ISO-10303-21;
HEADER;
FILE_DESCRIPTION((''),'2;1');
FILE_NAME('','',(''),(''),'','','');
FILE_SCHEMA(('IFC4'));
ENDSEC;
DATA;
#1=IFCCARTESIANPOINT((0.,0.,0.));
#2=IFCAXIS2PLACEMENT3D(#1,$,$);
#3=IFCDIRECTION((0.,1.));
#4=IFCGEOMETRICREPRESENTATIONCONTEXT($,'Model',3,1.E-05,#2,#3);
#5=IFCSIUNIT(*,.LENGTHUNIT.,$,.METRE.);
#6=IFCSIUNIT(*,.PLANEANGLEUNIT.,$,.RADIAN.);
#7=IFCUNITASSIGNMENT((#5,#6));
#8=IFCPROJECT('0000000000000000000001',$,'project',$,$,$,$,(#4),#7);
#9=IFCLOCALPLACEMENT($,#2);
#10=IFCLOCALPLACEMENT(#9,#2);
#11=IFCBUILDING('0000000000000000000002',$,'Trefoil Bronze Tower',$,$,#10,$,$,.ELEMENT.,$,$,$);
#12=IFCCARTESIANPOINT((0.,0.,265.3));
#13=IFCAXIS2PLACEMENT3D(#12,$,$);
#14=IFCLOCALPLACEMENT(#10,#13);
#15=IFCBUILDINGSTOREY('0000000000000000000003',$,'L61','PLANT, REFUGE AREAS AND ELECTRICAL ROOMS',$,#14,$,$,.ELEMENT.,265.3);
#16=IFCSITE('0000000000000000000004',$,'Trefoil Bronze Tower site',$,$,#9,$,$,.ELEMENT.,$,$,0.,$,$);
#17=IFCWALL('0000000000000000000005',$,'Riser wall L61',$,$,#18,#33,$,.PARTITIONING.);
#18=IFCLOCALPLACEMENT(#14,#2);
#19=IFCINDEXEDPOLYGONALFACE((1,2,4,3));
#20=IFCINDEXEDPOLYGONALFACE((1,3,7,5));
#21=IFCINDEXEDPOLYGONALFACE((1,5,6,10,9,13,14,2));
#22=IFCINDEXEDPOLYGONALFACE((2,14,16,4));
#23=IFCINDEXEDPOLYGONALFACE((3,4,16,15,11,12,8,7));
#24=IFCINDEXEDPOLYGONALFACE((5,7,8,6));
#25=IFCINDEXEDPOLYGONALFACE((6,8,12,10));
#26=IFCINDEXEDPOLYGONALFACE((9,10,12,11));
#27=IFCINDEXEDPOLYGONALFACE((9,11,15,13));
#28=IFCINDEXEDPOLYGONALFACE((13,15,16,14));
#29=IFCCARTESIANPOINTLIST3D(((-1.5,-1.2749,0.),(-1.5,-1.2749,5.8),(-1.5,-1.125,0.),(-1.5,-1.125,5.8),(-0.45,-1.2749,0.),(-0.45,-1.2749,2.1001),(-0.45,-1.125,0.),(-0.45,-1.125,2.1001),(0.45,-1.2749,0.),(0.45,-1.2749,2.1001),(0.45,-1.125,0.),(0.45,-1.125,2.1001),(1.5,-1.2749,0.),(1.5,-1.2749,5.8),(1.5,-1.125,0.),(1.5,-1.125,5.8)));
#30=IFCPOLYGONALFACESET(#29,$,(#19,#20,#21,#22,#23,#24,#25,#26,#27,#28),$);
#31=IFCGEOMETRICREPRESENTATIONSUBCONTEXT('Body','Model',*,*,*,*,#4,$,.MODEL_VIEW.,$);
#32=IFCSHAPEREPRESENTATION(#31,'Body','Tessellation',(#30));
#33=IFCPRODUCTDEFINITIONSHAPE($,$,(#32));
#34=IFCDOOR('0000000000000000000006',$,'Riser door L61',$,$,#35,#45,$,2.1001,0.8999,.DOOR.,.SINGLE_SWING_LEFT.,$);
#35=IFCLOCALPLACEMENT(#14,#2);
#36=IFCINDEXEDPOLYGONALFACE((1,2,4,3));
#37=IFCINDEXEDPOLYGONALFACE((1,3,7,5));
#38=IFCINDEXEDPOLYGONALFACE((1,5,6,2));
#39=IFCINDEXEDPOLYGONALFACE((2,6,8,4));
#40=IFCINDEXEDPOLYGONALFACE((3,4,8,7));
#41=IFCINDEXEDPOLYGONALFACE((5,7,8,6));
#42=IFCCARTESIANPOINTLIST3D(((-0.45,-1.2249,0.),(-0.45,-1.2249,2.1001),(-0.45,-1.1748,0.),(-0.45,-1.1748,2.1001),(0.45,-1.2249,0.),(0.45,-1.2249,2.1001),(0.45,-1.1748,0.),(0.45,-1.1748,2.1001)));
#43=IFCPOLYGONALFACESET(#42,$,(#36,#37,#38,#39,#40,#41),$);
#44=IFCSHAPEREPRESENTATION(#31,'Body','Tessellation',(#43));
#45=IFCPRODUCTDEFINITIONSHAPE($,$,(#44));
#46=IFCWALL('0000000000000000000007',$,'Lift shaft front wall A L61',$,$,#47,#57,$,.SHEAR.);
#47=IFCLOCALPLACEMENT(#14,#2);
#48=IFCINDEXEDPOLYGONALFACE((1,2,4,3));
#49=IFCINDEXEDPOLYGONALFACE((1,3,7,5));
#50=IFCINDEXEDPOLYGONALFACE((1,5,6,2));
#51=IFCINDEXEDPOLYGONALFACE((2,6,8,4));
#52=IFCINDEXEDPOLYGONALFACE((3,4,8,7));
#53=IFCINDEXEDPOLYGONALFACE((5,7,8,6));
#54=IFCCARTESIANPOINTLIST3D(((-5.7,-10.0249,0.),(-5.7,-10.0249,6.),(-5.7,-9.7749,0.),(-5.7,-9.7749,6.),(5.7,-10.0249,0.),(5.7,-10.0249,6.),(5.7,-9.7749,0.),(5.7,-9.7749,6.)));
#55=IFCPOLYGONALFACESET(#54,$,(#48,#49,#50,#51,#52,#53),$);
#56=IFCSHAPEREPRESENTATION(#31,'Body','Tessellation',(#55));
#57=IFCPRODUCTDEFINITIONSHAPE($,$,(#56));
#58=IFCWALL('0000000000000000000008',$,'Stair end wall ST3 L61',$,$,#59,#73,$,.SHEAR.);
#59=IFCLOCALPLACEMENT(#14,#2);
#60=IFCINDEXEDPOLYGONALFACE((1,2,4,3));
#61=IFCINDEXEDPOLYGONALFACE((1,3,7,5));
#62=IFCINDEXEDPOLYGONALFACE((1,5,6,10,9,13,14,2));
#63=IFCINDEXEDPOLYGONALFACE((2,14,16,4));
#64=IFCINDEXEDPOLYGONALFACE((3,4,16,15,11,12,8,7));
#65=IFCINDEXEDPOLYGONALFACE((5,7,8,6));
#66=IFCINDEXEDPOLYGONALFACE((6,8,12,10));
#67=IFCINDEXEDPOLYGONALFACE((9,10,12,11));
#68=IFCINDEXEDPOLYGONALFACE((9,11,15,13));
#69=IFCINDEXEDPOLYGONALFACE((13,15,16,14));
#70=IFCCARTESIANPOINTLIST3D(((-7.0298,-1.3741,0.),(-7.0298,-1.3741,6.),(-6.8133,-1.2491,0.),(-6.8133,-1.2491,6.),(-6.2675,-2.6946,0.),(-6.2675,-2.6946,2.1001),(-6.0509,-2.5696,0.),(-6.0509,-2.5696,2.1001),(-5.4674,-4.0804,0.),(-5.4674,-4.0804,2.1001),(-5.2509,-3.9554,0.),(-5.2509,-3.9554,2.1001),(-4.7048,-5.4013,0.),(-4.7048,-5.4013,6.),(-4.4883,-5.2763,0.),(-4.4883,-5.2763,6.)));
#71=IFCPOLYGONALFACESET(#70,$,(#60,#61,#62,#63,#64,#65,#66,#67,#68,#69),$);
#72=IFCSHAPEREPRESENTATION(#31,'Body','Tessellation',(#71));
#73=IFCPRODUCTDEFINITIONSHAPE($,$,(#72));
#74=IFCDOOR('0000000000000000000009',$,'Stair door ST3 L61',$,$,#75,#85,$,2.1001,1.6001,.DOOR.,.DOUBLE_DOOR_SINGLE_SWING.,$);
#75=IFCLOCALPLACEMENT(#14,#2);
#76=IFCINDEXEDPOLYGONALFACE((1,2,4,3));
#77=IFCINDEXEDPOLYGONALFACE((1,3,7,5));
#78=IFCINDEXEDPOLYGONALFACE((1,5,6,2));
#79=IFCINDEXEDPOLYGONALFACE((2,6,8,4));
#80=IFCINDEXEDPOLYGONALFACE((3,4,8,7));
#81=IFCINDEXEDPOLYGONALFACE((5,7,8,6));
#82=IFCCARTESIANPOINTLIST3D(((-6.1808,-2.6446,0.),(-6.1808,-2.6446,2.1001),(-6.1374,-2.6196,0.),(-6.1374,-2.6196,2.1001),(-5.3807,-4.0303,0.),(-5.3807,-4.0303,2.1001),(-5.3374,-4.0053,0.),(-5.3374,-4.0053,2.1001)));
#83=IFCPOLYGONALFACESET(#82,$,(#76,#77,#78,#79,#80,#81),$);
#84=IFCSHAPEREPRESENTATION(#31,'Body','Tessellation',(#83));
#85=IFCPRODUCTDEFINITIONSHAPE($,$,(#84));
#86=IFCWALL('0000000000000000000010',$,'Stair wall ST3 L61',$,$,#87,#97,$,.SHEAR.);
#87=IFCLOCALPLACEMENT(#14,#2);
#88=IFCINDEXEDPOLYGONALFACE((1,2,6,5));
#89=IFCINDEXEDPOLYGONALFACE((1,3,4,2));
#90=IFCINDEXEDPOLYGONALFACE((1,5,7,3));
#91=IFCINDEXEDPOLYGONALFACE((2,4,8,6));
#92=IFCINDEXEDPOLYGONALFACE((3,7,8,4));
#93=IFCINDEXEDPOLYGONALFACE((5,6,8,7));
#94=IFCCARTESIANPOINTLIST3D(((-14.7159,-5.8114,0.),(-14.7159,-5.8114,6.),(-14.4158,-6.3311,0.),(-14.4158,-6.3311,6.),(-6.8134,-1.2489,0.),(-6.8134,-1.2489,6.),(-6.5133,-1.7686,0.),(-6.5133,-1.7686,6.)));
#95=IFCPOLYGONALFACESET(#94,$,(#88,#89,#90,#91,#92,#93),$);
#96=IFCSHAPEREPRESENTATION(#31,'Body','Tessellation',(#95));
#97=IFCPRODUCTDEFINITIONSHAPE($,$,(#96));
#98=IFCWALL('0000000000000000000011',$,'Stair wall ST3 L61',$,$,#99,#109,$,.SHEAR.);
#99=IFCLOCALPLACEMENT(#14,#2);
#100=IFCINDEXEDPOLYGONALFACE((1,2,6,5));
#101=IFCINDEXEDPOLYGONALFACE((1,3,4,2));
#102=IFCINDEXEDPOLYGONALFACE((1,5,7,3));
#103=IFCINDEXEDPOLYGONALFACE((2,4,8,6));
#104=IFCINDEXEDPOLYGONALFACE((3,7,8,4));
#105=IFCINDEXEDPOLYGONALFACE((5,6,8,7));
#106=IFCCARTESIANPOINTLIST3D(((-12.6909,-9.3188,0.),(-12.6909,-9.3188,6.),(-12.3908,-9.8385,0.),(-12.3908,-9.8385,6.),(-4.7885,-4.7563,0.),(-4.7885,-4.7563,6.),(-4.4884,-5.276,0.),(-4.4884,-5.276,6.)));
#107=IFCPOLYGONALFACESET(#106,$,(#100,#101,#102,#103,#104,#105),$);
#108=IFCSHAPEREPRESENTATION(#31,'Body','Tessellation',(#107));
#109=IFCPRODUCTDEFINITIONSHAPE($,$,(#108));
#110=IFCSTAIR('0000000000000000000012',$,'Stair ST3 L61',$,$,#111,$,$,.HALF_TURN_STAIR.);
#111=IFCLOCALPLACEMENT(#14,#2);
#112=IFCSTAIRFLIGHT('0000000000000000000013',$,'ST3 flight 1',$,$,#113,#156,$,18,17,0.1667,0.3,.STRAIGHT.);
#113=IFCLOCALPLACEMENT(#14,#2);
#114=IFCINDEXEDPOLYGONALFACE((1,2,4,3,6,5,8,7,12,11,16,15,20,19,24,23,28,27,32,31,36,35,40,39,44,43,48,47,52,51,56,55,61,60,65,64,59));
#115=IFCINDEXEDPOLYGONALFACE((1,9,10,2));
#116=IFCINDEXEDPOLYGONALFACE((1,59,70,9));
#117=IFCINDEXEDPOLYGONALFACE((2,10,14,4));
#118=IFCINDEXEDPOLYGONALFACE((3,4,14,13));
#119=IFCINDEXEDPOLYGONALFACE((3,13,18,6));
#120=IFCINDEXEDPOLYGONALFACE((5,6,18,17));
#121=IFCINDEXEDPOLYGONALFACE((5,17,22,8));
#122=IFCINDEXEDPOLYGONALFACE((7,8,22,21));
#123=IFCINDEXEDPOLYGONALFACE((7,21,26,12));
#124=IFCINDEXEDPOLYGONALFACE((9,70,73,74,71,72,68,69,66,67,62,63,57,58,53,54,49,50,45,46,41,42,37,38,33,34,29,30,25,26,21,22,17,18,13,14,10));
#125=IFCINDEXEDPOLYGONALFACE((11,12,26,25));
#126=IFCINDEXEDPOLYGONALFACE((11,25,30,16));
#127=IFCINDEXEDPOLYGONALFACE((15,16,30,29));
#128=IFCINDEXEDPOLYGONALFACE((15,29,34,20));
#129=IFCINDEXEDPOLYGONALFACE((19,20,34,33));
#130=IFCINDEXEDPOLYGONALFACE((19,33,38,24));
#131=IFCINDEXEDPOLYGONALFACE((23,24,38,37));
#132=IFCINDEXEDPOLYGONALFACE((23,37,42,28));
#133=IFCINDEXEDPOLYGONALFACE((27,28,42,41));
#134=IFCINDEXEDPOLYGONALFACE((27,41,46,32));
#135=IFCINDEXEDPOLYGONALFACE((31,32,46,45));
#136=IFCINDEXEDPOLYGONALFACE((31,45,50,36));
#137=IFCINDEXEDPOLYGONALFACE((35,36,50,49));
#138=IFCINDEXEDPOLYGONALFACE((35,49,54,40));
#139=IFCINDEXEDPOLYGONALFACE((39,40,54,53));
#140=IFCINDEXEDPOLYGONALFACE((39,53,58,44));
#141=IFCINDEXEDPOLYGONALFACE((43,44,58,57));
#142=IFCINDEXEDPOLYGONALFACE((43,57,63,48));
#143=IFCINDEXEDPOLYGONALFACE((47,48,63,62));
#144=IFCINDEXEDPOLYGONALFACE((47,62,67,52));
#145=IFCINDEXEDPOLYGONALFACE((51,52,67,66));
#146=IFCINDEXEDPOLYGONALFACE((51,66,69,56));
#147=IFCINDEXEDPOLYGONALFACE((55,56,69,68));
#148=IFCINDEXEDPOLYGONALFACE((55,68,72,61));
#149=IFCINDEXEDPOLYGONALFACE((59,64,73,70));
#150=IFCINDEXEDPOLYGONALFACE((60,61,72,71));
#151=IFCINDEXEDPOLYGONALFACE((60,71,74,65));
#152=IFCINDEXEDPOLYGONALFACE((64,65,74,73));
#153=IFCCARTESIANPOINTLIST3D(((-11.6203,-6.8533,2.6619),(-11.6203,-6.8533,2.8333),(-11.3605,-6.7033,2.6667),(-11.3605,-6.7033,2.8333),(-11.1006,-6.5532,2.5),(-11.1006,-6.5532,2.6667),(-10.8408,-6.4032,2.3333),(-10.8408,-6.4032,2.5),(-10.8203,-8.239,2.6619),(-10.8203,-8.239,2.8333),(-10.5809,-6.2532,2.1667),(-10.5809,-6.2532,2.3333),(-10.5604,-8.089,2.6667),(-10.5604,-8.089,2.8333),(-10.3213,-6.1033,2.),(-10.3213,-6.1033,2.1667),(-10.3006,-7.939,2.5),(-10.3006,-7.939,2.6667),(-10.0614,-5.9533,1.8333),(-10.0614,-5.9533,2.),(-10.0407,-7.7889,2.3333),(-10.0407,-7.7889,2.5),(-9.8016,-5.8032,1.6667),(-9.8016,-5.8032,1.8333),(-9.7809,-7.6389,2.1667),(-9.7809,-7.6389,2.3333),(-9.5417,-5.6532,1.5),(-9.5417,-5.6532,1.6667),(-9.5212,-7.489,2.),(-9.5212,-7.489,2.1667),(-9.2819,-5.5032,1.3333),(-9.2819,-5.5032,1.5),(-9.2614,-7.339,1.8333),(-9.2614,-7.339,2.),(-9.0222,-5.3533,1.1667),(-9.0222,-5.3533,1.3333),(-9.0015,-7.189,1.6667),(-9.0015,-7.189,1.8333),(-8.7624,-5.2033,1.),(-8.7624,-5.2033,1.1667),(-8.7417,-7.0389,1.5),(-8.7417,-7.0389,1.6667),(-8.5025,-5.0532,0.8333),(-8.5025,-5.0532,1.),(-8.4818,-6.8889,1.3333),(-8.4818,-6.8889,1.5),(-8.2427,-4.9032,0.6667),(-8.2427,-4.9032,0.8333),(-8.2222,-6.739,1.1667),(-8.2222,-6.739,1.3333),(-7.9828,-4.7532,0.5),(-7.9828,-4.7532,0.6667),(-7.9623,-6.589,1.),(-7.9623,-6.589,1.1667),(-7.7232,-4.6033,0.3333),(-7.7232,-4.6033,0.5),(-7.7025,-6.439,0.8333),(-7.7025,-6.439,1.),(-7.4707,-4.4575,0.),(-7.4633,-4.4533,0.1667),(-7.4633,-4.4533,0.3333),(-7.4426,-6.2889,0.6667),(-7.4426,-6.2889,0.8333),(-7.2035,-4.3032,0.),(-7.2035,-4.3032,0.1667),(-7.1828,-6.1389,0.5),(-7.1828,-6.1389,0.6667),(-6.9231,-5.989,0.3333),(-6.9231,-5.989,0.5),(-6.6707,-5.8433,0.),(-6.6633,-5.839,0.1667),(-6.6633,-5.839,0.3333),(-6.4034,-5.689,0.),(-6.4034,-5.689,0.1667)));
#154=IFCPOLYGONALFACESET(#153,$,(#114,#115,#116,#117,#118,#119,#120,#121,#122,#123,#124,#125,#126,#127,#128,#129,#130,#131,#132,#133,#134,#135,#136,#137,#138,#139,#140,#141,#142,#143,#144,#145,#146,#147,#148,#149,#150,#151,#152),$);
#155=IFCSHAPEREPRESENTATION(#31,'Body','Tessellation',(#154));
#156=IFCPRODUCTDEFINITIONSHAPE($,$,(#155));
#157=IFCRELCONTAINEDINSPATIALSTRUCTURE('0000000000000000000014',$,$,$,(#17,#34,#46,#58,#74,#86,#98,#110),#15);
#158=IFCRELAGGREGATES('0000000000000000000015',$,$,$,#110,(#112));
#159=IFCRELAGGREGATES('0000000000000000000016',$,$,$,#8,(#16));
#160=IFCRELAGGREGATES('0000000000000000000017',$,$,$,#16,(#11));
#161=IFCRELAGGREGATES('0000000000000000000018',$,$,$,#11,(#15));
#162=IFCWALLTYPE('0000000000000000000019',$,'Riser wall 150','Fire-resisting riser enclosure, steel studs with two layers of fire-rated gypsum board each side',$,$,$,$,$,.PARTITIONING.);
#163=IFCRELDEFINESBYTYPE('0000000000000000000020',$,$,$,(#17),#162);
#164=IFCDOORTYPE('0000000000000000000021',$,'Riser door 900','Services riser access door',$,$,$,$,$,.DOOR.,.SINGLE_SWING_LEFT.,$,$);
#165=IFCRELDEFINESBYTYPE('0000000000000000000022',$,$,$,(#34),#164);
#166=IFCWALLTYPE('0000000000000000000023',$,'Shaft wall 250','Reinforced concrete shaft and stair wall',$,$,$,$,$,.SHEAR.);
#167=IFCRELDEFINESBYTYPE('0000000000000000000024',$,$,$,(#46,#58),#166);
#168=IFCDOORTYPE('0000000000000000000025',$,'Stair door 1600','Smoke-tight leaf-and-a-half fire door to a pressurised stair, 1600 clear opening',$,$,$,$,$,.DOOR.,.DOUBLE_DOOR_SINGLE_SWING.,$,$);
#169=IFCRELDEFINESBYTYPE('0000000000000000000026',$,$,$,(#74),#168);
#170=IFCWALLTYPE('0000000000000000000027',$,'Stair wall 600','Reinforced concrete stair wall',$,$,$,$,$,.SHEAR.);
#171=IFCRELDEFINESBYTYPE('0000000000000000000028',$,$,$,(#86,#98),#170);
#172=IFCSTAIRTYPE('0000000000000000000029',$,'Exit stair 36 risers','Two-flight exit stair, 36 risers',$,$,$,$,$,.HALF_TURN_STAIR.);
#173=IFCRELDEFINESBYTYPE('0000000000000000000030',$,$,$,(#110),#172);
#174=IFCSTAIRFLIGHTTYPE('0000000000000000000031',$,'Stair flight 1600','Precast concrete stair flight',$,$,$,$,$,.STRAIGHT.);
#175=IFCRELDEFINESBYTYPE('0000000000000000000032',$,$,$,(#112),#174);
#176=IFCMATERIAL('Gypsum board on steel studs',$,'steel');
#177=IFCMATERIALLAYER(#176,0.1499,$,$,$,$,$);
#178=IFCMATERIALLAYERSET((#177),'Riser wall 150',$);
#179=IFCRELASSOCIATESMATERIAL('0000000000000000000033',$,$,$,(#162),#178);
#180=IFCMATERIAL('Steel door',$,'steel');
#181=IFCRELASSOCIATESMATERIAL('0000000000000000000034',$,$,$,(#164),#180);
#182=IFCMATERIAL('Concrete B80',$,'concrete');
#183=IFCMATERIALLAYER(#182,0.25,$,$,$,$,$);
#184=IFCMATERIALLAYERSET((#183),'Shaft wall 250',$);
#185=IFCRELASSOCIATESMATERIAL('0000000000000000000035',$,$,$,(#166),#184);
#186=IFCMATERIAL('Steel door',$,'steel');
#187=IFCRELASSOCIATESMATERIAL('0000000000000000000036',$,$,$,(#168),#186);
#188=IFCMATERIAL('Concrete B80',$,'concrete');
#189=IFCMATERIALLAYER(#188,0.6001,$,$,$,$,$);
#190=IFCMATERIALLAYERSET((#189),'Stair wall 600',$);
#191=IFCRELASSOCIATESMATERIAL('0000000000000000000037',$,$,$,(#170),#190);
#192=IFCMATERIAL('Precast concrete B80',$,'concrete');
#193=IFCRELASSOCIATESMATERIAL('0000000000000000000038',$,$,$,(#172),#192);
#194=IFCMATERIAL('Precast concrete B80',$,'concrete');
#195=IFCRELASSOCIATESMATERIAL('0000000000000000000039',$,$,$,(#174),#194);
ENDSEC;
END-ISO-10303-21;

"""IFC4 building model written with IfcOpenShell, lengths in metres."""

from ifc_helpers import new_model, si_unit, direction, frame, frame_2d, origin, place, context, subcontext, project, spatial, polyline, rectangle, outline, extrude, material, layer, layer_set, type_object, element, fill, aggregate, save


model = new_model("IFC4")

# Units and contexts
model_context = context("Model", 3, precision=1e-05, world=origin(), true_north=direction((0.0, 1.0)))
body_context = subcontext(model_context, "Body", "Model", "MODEL_VIEW")
ifc_project = project(units=[si_unit("LENGTHUNIT", "METRE"), si_unit("PLANEANGLEUNIT", "RADIAN")], contexts=[model_context])

# Site, building, storey
site_placement = place(None, origin())
site = spatial("IfcSite", under=ifc_project, at=site_placement, Name="Trefoil Bronze Tower site", CompositionType="ELEMENT", RefElevation=0.0)
building_placement = place(site_placement, origin())
building = spatial("IfcBuilding", under=site, at=building_placement, Name="Trefoil Bronze Tower", CompositionType="ELEMENT")
storey_placement = place(building_placement, frame((0.0, 0.0, 265.3)))
storey = spatial("IfcBuildingStorey", under=building, at=storey_placement, Name="L61", Description="PLANT, REFUGE AREAS AND ELECTRICAL ROOMS", CompositionType="ELEMENT", Elevation=265.3)

# Wall, opening, door
ifc_material_1 = material(Name="Gypsum board on steel studs", Category="steel")
ifc_layer_1 = layer(ifc_material_1, 0.1499)
ifc_layer_set_1 = layer_set([ifc_layer_1], Name="Riser wall 150")
wall_type_1 = type_object("IfcWallType", Name="Riser wall 150", Description="Fire-resisting riser enclosure, steel studs with two layers of fire-rated gypsum board each side", PredefinedType="PARTITIONING", material=ifc_layer_set_1)
wall_1_placement = place(storey_placement, frame((-1.5, -1.2, 0.0), z_axis=(0.0, 0.0, 1.0), x_axis=(1.0, 0.0, 0.0)))
wall_1 = element("IfcWall", 1, at=wall_1_placement, inside=storey, type_object=wall_type_1, Name="Riser wall L61", PredefinedType="PARTITIONING", context=body_context, shape_type="SweptSolid", body=[
    extrude(rectangle(XDim=3.0, YDim=0.1499, at=frame_2d((1.5, 0.0))), origin(), (0.0, 0.0, 1.0), 5.8),
])
opening_1_placement = place(wall_1_placement, frame((1.05, 0.0, 0.0)))
opening_1 = element("IfcOpeningElement", 2, at=opening_1_placement, cuts=wall_1, PredefinedType="OPENING", context=body_context, shape_type="SweptSolid", body=[
    extrude(rectangle(XDim=0.8999, YDim=2.1001, at=frame_2d((0.45, 1.05))), frame((0.0, 0.085, 0.0), z_axis=(0.0, -1.0, 0.0), x_axis=(1.0, 0.0, 0.0)), (0.0, 0.0, 1.0), 0.1699),
])
ifc_material_2 = material(Name="Steel door", Category="steel")
door_type_1 = type_object("IfcDoorType", Name="Riser door 900", Description="Services riser access door", OperationType="SINGLE_SWING_LEFT", PredefinedType="DOOR", material=ifc_material_2)
door_1_placement = place(opening_1_placement, frame((0.8999, 0.0, 0.0), z_axis=(0.0, 0.0, 1.0), x_axis=(-1.0, 0.0, 0.0)))
door_1 = element("IfcDoor", 3, at=door_1_placement, inside=storey, type_object=door_type_1, Name="Riser door L61", OperationType="SINGLE_SWING_LEFT", OverallHeight=2.1001, OverallWidth=0.8999, PredefinedType="DOOR", context=body_context, shape_type="SweptSolid", body=[
    extrude(rectangle(XDim=0.8999, YDim=2.1001, at=frame_2d((0.45, 1.05))), frame((0.0, 0.0249, 0.0), z_axis=(0.0, -1.0, 0.0), x_axis=(1.0, 0.0, 0.0)), (0.0, 0.0, 1.0), 0.05),
])
fill(opening_1, door_1)

# Wall
ifc_material_3 = material(Name="Concrete B80", Category="concrete")
ifc_layer_2 = layer(ifc_material_3, 0.25)
ifc_layer_set_2 = layer_set([ifc_layer_2], Name="Shaft wall 250")
wall_type_2 = type_object("IfcWallType", Name="Shaft wall 250", Description="Reinforced concrete shaft and stair wall", PredefinedType="SHEAR", material=ifc_layer_set_2)
wall_2_placement = place(storey_placement, frame((-5.7, -9.8999, 0.0), z_axis=(0.0, 0.0, 1.0), x_axis=(1.0, 0.0, 0.0)))
element("IfcWall", 4, at=wall_2_placement, inside=storey, type_object=wall_type_2, Name="Lift shaft front wall A L61", PredefinedType="SHEAR", context=body_context, shape_type="SweptSolid", body=[
    extrude(rectangle(XDim=11.3999, YDim=0.25, at=frame_2d((5.7, 0.0))), origin(), (0.0, 0.0, 1.0), 6.0),
])

# Wall, opening, door
wall_3_placement = place(storey_placement, frame((-6.9216, -1.3115, 0.0), z_axis=(0.0, 0.0, 1.0), x_axis=(0.499985, -0.866034, 0.0)))
wall_3 = element("IfcWall", 5, at=wall_3_placement, inside=storey, type_object=wall_type_2, Name="Stair end wall ST3 L61", PredefinedType="SHEAR", context=body_context, shape_type="SweptSolid", body=[
    extrude(rectangle(XDim=4.6501, YDim=0.25, at=frame_2d((2.3252, 0.0))), origin(), (0.0, 0.0, 1.0), 6.0),
])
opening_2_placement = place(wall_3_placement, frame((1.5249, 0.0, 0.0)))
opening_2 = element("IfcOpeningElement", 6, at=opening_2_placement, cuts=wall_3, PredefinedType="OPENING", context=body_context, shape_type="SweptSolid", body=[
    extrude(rectangle(XDim=1.6001, YDim=2.1001, at=frame_2d((0.8, 1.05))), frame((0.0, 0.135, 0.0), z_axis=(0.0, -1.0, 0.0), x_axis=(1.0, 0.0, 0.0)), (0.0, 0.0, 1.0), 0.27),
])
ifc_material_4 = material(Name="Steel door", Category="steel")
door_type_2 = type_object("IfcDoorType", Name="Stair door 1600", Description="Smoke-tight leaf-and-a-half fire door to a pressurised stair, 1600 clear opening", OperationType="DOUBLE_DOOR_SINGLE_SWING", PredefinedType="DOOR", material=ifc_material_4)
door_2_placement = place(opening_2_placement, frame((1.6001, 0.0, 0.0), z_axis=(0.0, 0.0, 1.0), x_axis=(-1.0, 0.0, 0.0)))
door_2 = element("IfcDoor", 7, at=door_2_placement, inside=storey, type_object=door_type_2, Name="Stair door ST3 L61", OperationType="DOUBLE_DOOR_SINGLE_SWING", OverallHeight=2.1001, OverallWidth=1.6001, PredefinedType="DOOR", context=body_context, shape_type="SweptSolid", body=[
    extrude(rectangle(XDim=1.6001, YDim=2.1001, at=frame_2d((0.8, 1.05))), frame((0.0, 0.0249, 0.0), z_axis=(0.0, -1.0, 0.0), x_axis=(1.0, 0.0, 0.0)), (0.0, 0.0, 1.0), 0.05),
])
fill(opening_2, door_2)

# Walls
ifc_material_5 = material(Name="Concrete B80", Category="concrete")
ifc_layer_3 = layer(ifc_material_5, 0.6001)
ifc_layer_set_3 = layer_set([ifc_layer_3], Name="Stair wall 600")
wall_type_3 = type_object("IfcWallType", Name="Stair wall 600", Description="Reinforced concrete stair wall", PredefinedType="SHEAR", material=ifc_layer_set_3)
for number, where, z_axis, x_axis, name in (
    (8, (-6.6633, -1.5088, 0.0), (0.0, 0.0, 1.0), (-0.866028, -0.499995, 0.0), "Stair wall ST3 L61"),
    (9, (-4.6384, -5.0161, 0.0), (0.0, 0.0, 1.0), (-0.866022, -0.500007, 0.0), "Stair wall ST3 L61"),
):
    element("IfcWall", number, at=place(storey_placement, frame(where, z_axis=z_axis, x_axis=x_axis)), inside=storey, type_object=wall_type_3, Name=name, PredefinedType="SHEAR", context=body_context, shape_type="SweptSolid", body=[
        extrude(rectangle(XDim=9.125, YDim=0.6001, at=frame_2d((4.5625, 0.0))), origin(), (0.0, 0.0, 1.0), 6.0),
    ])

# Stair, stair flight
ifc_material_6 = material(Name="Precast concrete B80", Category="concrete")
stair_type = type_object("IfcStairType", Name="Exit stair 36 risers", Description="Two-flight exit stair, 36 risers", PredefinedType="HALF_TURN_STAIR", material=ifc_material_6)
stair_placement = place(storey_placement, origin())
stair = element("IfcStair", 10, at=stair_placement, inside=storey, type_object=stair_type, Name="Stair ST3 L61", PredefinedType="HALF_TURN_STAIR")
ifc_material_7 = material(Name="Precast concrete B80", Category="concrete")
stair_flight_type = type_object("IfcStairFlightType", Name="Stair flight 1600", Description="Precast concrete stair flight", PredefinedType="STRAIGHT", material=ifc_material_7)
stair_flight_1_placement = place(storey_placement, frame((-6.8035, -4.9961, 0.0), z_axis=(0.0, 0.0, 1.0), x_axis=(-0.866025, -0.5, 0.0)))
stair_flight_1 = element("IfcStairFlight", 11, at=stair_flight_1_placement, type_object=stair_flight_type, Name="ST3 flight 1", NumberOfRisers=18, NumberOfTreads=17, PredefinedType="STRAIGHT", RiserHeight=0.1667, TreadLength=0.3, context=body_context, shape_type="SweptSolid", body=[
    extrude(outline(polyline([(0.0, 0.0), (0.0, 0.1667), (0.3, 0.1667), (0.3, 0.3333), (0.6001, 0.3333), (0.6001, 0.5), (0.8999, 0.5), (0.8999, 0.6667), (1.2, 0.6667), (1.2, 0.8333), (1.5, 0.8333), (1.5, 1.0), (1.8, 1.0), (1.8, 1.1667), (2.1001, 1.1667), (2.1001, 1.3333), (2.3999, 1.3333), (2.3999, 1.5), (2.7, 1.5), (2.7, 1.6667), (3.0, 1.6667), (3.0, 1.8333), (3.3, 1.8333), (3.3, 2.0), (3.6001, 2.0), (3.6001, 2.1667), (3.8999, 2.1667), (3.8999, 2.3333), (4.2, 2.3333), (4.2, 2.5), (4.5, 2.5), (4.5, 2.6667), (4.8, 2.6667), (4.8, 2.8333), (5.1001, 2.8333), (5.1001, 3.0), (5.1001, 2.6619), (0.3086, 0.0), (0.0, 0.0)])), frame((0.0, 0.8, 0.0), z_axis=(0.0, -1.0, 0.0), x_axis=(1.0, 0.0, 0.0)), (0.0, 0.0, 1.0), 1.6001),
])
aggregate(stair, [stair_flight_1])

save(model, "model.ifc")
